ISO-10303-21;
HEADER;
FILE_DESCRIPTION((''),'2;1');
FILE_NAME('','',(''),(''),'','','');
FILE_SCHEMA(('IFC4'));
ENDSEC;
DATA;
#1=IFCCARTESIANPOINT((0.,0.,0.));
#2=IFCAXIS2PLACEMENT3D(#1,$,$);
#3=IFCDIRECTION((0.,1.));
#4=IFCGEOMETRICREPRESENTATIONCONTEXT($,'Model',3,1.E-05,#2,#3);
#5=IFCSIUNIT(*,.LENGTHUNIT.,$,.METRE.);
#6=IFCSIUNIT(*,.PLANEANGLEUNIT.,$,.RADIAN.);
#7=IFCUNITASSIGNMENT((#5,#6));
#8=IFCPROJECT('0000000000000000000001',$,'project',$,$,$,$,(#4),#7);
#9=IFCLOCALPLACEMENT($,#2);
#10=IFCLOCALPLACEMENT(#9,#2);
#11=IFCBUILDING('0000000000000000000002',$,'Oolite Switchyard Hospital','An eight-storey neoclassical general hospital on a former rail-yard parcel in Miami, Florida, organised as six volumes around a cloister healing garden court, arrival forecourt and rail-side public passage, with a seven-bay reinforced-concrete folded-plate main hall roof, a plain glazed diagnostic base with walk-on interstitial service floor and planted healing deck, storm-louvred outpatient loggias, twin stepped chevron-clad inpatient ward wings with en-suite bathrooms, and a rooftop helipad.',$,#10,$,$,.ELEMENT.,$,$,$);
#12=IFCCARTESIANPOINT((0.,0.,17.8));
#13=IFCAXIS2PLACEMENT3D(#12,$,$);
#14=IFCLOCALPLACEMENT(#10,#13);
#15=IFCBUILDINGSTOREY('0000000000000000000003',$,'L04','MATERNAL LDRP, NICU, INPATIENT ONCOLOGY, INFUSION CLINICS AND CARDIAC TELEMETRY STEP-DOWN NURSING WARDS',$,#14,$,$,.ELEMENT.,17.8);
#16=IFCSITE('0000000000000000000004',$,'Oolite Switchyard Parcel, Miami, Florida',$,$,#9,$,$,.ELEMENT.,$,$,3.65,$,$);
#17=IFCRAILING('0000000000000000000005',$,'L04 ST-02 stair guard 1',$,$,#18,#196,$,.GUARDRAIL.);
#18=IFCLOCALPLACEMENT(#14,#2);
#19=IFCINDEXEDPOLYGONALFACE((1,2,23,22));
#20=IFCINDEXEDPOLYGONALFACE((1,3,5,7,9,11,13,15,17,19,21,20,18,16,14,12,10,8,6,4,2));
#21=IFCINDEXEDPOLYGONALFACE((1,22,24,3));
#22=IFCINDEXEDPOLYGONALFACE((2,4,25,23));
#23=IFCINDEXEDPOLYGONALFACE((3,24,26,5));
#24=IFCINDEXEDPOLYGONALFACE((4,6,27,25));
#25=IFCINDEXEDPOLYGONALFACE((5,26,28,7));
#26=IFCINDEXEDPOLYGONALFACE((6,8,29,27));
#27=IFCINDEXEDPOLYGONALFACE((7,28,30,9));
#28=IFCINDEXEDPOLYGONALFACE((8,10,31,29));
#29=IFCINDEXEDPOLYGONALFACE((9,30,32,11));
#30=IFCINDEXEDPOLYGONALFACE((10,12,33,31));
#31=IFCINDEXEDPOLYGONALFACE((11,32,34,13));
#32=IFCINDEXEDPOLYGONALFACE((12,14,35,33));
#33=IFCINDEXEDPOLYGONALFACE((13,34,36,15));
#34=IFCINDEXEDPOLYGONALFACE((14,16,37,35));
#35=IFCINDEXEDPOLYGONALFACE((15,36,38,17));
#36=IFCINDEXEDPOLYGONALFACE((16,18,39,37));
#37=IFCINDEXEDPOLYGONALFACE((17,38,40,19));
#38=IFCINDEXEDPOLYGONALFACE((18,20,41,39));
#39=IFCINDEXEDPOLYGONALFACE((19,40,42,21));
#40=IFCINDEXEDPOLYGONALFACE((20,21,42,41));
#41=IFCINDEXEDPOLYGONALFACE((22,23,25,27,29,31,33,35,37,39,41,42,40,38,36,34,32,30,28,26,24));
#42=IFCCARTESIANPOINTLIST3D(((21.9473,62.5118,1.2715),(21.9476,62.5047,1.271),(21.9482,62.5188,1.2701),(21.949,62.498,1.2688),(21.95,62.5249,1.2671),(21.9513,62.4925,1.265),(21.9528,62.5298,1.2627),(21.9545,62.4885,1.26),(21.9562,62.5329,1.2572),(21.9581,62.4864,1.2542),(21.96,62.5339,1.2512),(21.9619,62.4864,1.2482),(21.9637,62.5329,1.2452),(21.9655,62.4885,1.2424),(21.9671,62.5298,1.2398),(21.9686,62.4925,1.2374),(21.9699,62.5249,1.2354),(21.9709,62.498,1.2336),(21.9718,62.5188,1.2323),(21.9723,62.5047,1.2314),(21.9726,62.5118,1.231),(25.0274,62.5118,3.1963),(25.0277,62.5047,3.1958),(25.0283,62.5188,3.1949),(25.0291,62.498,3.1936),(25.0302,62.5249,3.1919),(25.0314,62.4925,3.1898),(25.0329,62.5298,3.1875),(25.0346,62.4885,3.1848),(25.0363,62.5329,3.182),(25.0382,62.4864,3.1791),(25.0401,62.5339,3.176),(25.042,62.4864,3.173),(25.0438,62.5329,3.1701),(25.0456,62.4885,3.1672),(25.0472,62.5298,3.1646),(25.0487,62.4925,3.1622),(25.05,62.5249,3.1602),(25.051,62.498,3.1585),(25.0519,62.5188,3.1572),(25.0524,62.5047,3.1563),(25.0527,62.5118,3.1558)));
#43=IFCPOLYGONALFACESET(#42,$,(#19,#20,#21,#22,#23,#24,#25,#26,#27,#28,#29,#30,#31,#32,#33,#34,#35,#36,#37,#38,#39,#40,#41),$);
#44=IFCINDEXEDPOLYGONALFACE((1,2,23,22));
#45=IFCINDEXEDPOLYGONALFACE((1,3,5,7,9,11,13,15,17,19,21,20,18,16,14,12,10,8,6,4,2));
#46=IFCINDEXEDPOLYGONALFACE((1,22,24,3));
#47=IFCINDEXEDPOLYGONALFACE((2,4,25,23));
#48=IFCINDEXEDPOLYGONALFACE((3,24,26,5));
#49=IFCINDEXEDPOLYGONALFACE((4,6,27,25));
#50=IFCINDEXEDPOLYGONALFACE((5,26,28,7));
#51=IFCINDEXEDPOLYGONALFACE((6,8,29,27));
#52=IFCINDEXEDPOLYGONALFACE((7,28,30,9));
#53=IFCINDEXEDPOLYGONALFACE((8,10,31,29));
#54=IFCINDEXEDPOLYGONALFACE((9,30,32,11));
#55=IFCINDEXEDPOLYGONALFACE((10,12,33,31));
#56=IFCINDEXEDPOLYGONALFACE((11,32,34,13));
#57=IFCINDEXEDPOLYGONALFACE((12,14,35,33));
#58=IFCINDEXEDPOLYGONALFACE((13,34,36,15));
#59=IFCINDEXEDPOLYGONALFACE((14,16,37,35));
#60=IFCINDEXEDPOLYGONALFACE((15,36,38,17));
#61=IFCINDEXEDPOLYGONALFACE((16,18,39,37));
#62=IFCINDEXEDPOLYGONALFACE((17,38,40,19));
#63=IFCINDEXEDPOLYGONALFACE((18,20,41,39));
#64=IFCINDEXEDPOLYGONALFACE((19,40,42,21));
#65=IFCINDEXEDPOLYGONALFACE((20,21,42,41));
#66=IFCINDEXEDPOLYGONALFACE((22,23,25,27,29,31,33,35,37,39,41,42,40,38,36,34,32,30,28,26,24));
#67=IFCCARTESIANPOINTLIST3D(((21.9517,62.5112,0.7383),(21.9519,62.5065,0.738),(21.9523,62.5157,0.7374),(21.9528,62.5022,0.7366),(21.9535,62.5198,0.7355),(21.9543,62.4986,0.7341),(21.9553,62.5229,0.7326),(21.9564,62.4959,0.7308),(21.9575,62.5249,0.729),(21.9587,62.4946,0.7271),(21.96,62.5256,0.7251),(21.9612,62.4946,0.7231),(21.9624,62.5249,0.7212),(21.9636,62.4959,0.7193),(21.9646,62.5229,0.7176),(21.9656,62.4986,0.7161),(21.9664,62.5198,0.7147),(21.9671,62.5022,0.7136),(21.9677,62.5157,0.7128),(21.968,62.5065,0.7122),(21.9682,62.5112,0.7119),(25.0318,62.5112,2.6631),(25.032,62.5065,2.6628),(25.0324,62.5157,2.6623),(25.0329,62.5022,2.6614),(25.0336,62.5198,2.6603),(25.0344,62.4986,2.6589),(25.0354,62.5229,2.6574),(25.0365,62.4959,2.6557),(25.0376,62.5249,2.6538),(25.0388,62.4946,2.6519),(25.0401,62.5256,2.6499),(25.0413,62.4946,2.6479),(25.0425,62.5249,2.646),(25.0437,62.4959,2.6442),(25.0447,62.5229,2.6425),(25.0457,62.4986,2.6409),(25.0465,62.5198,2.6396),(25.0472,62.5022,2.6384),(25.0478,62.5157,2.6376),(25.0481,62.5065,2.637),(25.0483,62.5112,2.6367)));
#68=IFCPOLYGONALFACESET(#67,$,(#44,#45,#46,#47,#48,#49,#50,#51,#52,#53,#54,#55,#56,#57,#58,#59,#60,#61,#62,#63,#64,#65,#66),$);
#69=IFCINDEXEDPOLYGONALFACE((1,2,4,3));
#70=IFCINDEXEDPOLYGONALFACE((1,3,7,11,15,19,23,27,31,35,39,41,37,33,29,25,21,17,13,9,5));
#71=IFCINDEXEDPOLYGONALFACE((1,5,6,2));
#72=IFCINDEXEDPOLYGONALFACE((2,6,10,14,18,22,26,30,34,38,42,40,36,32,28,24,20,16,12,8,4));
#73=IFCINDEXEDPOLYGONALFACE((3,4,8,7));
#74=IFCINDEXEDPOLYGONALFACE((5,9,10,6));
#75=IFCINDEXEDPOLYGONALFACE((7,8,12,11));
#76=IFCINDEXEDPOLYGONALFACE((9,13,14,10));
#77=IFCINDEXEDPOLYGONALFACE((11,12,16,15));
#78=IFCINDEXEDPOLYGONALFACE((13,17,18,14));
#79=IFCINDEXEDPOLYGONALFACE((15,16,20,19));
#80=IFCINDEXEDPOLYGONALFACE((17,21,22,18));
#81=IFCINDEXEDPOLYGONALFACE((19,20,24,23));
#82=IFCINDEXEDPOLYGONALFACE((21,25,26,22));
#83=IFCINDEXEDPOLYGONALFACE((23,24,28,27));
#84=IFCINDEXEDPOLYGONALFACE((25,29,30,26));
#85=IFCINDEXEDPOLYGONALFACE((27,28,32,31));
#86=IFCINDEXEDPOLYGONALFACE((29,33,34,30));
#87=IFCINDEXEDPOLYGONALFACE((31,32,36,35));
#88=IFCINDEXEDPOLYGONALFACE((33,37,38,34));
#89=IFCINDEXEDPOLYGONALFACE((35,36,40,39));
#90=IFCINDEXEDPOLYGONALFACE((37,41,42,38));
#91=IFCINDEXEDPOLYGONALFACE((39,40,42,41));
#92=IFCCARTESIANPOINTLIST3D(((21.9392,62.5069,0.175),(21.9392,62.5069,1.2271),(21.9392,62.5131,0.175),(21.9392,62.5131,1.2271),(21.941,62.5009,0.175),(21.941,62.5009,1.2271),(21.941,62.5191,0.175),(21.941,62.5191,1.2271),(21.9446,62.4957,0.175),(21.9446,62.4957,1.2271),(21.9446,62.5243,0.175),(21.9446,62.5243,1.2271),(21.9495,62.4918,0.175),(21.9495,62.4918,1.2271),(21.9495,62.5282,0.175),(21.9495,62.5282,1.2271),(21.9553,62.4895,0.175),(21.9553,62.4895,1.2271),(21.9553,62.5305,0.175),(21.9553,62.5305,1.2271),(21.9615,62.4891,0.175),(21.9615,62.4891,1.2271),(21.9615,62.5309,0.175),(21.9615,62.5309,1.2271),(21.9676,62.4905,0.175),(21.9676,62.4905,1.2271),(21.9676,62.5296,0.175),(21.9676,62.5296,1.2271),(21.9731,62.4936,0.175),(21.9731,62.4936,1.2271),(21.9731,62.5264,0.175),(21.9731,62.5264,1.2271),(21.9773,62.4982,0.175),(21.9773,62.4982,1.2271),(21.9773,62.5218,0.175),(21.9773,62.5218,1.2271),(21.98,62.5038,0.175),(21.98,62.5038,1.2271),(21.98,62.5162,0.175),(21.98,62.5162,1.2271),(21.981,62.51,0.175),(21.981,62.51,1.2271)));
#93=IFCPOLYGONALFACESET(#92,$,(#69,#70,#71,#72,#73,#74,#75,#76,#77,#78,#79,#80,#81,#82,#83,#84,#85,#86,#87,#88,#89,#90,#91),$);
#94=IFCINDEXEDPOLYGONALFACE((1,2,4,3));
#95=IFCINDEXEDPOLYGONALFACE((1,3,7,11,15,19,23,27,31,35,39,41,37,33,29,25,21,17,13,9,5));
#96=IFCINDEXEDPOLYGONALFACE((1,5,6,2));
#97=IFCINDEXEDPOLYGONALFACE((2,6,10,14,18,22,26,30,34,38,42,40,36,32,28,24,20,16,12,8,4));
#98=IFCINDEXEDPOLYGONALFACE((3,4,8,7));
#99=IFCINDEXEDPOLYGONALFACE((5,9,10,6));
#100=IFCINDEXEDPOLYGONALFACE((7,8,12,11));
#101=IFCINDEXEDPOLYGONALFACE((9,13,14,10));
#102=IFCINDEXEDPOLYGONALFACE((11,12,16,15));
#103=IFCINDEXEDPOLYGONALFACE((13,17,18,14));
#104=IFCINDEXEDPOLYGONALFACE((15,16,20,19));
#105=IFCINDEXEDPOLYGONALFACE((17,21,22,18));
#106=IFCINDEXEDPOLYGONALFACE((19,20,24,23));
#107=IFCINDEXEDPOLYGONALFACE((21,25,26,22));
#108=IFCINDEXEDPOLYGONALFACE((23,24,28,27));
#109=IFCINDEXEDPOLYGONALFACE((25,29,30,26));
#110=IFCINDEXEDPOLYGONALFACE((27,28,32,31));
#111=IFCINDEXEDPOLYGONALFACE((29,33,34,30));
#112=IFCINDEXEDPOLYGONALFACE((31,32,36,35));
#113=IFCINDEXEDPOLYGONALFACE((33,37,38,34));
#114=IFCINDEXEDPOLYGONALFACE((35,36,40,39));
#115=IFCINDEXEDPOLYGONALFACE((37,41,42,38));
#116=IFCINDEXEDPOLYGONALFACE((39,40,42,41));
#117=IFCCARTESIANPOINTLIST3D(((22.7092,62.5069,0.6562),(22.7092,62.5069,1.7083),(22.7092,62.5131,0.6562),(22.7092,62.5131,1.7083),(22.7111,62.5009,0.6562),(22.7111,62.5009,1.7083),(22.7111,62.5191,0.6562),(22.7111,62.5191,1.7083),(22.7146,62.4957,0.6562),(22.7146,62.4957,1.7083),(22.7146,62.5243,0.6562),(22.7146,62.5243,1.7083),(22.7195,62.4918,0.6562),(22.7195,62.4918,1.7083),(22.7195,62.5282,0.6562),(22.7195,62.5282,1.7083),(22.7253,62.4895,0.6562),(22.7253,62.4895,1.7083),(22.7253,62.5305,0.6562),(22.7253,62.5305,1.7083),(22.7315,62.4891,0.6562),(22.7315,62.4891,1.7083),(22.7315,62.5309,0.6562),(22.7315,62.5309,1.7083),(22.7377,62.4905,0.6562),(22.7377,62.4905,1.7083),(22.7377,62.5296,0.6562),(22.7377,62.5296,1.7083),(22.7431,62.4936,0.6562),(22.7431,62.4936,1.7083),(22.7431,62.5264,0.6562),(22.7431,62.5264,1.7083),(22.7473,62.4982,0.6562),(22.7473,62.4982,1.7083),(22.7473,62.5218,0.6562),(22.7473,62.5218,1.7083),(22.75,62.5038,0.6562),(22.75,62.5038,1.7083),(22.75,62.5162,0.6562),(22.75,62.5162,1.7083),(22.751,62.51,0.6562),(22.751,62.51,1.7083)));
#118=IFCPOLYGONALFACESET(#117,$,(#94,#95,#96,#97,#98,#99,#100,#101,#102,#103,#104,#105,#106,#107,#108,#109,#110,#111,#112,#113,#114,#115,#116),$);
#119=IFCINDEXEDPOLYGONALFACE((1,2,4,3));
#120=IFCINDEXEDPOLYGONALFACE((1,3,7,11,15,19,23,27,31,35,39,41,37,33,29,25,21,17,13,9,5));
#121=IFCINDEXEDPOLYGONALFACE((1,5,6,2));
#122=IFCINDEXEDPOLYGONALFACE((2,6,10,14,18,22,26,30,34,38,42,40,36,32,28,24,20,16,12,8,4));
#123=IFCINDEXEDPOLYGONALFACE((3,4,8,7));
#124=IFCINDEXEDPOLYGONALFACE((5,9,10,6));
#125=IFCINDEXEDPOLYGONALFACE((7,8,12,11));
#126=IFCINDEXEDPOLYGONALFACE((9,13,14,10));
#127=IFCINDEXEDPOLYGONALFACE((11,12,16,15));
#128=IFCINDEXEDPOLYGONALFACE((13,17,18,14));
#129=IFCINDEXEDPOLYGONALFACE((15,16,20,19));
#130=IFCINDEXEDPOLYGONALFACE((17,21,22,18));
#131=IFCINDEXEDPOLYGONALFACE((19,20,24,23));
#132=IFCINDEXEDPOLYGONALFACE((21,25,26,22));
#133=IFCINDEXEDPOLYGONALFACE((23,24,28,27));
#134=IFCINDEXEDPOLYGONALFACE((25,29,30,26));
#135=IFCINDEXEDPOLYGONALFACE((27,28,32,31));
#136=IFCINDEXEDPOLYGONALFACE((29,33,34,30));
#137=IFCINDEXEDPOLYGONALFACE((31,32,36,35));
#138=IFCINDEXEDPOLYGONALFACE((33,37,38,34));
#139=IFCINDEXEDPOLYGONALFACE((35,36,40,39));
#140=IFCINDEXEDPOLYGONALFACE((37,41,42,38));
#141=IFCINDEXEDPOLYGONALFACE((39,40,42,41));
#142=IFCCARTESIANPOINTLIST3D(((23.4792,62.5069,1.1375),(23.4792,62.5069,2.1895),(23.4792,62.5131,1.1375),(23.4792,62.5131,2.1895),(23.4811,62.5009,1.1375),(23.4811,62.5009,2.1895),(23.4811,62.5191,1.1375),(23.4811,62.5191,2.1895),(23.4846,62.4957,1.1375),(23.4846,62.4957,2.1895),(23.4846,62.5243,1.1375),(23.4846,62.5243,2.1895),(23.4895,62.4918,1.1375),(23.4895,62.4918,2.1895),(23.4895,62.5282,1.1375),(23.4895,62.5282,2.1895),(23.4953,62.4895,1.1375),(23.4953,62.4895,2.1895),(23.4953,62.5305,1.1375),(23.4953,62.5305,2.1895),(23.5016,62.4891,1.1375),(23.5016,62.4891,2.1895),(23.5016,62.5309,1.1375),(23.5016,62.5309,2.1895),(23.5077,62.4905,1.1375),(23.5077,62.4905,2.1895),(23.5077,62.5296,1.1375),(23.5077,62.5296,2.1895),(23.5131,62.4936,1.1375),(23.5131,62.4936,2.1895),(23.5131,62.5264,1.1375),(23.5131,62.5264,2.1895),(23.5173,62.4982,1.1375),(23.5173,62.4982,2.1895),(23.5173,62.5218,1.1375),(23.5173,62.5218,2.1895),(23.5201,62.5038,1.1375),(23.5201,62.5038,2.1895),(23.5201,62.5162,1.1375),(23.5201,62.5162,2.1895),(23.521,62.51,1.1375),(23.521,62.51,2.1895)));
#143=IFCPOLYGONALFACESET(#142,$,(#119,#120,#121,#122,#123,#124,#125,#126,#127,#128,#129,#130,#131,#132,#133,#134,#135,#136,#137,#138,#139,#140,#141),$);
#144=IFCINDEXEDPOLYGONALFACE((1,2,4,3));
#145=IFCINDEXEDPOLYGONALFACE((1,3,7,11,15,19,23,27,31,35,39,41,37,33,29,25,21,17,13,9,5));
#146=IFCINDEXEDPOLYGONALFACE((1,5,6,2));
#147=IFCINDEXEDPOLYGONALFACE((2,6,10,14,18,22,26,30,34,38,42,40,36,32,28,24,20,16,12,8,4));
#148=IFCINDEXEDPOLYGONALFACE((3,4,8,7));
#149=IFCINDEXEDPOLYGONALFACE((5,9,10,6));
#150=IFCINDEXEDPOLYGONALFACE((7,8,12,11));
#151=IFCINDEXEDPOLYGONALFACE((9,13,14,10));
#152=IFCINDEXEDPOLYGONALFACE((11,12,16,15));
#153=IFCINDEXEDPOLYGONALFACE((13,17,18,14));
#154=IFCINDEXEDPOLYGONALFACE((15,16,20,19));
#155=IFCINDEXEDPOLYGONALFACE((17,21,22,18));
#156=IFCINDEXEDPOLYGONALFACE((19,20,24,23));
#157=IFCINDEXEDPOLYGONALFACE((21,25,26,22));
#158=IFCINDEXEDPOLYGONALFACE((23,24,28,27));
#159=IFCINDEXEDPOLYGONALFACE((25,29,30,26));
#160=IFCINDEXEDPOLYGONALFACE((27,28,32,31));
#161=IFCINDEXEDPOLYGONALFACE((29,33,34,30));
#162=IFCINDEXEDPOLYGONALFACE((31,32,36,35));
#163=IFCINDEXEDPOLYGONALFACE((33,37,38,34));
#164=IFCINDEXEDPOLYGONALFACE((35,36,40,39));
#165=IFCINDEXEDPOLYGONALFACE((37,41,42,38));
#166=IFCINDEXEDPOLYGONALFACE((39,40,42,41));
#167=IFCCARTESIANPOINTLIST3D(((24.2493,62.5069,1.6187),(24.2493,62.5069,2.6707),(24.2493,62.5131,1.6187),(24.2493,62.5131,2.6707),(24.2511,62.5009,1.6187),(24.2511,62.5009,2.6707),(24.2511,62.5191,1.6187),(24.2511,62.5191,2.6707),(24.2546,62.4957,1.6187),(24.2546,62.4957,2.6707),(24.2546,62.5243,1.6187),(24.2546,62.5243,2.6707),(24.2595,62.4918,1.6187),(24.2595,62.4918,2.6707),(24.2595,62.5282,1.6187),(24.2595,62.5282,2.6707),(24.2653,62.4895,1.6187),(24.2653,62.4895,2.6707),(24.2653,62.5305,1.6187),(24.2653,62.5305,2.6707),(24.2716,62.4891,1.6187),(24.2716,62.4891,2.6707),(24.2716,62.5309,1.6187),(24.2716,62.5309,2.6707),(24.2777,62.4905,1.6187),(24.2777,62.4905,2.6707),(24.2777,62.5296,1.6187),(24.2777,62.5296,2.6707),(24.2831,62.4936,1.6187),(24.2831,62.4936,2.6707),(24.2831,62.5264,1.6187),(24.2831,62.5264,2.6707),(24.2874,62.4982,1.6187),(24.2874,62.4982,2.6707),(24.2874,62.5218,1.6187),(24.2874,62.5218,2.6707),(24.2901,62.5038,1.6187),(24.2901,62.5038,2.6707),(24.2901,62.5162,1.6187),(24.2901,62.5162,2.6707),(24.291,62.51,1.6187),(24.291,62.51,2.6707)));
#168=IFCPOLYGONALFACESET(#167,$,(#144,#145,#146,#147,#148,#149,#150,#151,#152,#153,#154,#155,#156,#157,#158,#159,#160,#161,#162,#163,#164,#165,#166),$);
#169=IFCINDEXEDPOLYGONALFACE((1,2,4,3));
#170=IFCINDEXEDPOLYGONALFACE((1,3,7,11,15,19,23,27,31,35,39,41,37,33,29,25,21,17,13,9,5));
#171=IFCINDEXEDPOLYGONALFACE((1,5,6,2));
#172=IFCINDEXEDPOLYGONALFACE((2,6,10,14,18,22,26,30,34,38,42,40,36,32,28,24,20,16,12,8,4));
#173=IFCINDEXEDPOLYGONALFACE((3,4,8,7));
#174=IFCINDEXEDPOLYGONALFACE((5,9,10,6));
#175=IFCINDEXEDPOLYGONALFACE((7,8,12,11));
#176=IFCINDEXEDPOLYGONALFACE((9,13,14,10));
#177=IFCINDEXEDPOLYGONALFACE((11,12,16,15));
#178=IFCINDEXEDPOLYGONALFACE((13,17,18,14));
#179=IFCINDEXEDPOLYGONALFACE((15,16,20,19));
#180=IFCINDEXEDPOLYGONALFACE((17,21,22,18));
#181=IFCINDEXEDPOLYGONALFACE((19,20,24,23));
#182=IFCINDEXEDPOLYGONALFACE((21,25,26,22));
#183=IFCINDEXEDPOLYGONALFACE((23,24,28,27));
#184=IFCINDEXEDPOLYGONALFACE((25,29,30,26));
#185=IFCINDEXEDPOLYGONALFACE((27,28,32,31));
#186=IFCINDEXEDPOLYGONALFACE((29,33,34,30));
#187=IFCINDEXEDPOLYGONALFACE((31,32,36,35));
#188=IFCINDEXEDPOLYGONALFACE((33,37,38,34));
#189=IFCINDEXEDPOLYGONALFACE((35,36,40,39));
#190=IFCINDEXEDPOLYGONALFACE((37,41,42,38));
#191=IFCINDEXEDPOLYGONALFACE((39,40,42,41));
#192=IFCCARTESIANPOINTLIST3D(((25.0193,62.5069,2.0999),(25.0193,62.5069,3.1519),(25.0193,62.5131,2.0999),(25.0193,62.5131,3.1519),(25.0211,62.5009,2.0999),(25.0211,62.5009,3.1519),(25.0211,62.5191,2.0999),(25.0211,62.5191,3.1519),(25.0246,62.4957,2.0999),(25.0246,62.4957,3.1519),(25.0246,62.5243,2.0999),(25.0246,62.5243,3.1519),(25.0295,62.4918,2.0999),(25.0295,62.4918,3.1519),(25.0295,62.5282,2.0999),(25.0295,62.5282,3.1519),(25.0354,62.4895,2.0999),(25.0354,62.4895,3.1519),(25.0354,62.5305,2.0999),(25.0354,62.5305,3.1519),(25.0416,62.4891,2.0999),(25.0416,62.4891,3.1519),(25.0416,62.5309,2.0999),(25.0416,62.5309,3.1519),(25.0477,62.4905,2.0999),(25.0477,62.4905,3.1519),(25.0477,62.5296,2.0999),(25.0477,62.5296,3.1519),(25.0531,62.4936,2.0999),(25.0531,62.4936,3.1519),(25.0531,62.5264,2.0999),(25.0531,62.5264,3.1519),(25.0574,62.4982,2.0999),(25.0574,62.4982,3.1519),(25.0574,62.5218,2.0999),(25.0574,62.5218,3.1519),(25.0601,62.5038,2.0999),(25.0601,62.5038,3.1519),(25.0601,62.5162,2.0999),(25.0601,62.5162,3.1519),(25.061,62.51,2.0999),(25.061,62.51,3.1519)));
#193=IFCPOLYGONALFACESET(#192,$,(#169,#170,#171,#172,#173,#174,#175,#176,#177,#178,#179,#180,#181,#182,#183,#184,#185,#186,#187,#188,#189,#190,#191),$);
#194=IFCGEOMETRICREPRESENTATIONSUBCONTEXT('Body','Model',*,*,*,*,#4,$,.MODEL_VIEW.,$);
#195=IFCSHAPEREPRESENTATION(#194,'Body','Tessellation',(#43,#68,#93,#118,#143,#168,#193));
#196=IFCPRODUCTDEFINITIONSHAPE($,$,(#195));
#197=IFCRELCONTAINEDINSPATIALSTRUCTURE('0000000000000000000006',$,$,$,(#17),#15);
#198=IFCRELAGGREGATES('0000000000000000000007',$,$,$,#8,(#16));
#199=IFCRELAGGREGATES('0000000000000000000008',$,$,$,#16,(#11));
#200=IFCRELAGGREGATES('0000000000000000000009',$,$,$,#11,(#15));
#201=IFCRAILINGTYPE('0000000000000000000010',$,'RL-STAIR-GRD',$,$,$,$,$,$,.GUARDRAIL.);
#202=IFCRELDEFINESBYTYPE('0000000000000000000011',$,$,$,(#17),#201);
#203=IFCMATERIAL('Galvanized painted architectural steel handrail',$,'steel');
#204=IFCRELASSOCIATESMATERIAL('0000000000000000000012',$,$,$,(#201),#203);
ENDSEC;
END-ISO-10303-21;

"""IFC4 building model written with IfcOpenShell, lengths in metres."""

from ifc_helpers import new_model, si_unit, direction, frame, origin, origin_2d, place, context, subcontext, project, spatial, circle, extrude, material, type_object, element, save


model = new_model("IFC4")

# Units and contexts
model_context = context("Model", 3, precision=1e-05, world=origin(), true_north=direction((0.0, 1.0)))
body_context = subcontext(model_context, "Body", "Model", "MODEL_VIEW")
ifc_project = project(units=[si_unit("LENGTHUNIT", "METRE"), si_unit("PLANEANGLEUNIT", "RADIAN")], contexts=[model_context])

# Site, building, storey
site_placement = place(None, origin())
site = spatial("IfcSite", under=ifc_project, at=site_placement, Name="Oolite Switchyard Parcel, Miami, Florida", CompositionType="ELEMENT", RefElevation=3.65)
building_placement = place(site_placement, origin())
building = spatial("IfcBuilding", under=site, at=building_placement, Name="Oolite Switchyard Hospital", Description="An eight-storey neoclassical general hospital on a former rail-yard parcel in Miami, Florida, organised as six volumes around a cloister healing garden court, arrival forecourt and rail-side public passage, with a seven-bay reinforced-concrete folded-plate main hall roof, a plain glazed diagnostic base with walk-on interstitial service floor and planted healing deck, storm-louvred outpatient loggias, twin stepped chevron-clad inpatient ward wings with en-suite bathrooms, and a rooftop helipad.", CompositionType="ELEMENT")
storey_placement = place(building_placement, frame((0.0, 0.0, 17.8)))
storey = spatial("IfcBuildingStorey", under=building, at=storey_placement, Name="L04", Description="MATERNAL LDRP, NICU, INPATIENT ONCOLOGY, INFUSION CLINICS AND CARDIAC TELEMETRY STEP-DOWN NURSING WARDS", CompositionType="ELEMENT", Elevation=17.8)

# Railing
ifc_material_1 = material(Name="Galvanized painted architectural steel handrail", Category="steel")
railing_type = type_object("IfcRailingType", Name="RL-STAIR-GRD", PredefinedType="GUARDRAIL", material=ifc_material_1)
railing_1_placement = place(storey_placement, frame((21.96, 62.51, 0.175)))
element("IfcRailing", 1, at=railing_1_placement, inside=storey, type_object=railing_type, Name="L04 ST-02 stair guard 1", PredefinedType="GUARDRAIL", context=body_context, shape_type="SweptSolid", body=[
    extrude(circle(Radius=0.0239, at=origin_2d()), frame((0.0, 0.0, 1.0762), z_axis=(0.848029, 0.0, 0.529951), x_axis=(0.0, 1.0, 0.0)), (0.0, 0.0, 1.0), 3.6321),
    extrude(circle(Radius=0.0156, at=origin_2d()), frame((0.0, 0.0, 0.55), z_axis=(0.848029, 0.0, 0.529951), x_axis=(0.0, 1.0, 0.0)), (0.0, 0.0, 1.0), 3.6321),
    extrude(circle(Radius=0.021, at=origin_2d()), origin(), (0.0, 0.0, 1.0), 1.052),
    extrude(circle(Radius=0.021, at=origin_2d()), frame((0.77, 0.0, 0.4812)), (0.0, 0.0, 1.0), 1.052),
    extrude(circle(Radius=0.021, at=origin_2d()), frame((1.54, 0.0, 0.9624)), (0.0, 0.0, 1.0), 1.052),
    extrude(circle(Radius=0.021, at=origin_2d()), frame((2.3101, 0.0, 1.4436)), (0.0, 0.0, 1.0), 1.052),
    extrude(circle(Radius=0.021, at=origin_2d()), frame((3.0801, 0.0, 1.9248)), (0.0, 0.0, 1.0), 1.052),
])

save(model, "model.ifc")
